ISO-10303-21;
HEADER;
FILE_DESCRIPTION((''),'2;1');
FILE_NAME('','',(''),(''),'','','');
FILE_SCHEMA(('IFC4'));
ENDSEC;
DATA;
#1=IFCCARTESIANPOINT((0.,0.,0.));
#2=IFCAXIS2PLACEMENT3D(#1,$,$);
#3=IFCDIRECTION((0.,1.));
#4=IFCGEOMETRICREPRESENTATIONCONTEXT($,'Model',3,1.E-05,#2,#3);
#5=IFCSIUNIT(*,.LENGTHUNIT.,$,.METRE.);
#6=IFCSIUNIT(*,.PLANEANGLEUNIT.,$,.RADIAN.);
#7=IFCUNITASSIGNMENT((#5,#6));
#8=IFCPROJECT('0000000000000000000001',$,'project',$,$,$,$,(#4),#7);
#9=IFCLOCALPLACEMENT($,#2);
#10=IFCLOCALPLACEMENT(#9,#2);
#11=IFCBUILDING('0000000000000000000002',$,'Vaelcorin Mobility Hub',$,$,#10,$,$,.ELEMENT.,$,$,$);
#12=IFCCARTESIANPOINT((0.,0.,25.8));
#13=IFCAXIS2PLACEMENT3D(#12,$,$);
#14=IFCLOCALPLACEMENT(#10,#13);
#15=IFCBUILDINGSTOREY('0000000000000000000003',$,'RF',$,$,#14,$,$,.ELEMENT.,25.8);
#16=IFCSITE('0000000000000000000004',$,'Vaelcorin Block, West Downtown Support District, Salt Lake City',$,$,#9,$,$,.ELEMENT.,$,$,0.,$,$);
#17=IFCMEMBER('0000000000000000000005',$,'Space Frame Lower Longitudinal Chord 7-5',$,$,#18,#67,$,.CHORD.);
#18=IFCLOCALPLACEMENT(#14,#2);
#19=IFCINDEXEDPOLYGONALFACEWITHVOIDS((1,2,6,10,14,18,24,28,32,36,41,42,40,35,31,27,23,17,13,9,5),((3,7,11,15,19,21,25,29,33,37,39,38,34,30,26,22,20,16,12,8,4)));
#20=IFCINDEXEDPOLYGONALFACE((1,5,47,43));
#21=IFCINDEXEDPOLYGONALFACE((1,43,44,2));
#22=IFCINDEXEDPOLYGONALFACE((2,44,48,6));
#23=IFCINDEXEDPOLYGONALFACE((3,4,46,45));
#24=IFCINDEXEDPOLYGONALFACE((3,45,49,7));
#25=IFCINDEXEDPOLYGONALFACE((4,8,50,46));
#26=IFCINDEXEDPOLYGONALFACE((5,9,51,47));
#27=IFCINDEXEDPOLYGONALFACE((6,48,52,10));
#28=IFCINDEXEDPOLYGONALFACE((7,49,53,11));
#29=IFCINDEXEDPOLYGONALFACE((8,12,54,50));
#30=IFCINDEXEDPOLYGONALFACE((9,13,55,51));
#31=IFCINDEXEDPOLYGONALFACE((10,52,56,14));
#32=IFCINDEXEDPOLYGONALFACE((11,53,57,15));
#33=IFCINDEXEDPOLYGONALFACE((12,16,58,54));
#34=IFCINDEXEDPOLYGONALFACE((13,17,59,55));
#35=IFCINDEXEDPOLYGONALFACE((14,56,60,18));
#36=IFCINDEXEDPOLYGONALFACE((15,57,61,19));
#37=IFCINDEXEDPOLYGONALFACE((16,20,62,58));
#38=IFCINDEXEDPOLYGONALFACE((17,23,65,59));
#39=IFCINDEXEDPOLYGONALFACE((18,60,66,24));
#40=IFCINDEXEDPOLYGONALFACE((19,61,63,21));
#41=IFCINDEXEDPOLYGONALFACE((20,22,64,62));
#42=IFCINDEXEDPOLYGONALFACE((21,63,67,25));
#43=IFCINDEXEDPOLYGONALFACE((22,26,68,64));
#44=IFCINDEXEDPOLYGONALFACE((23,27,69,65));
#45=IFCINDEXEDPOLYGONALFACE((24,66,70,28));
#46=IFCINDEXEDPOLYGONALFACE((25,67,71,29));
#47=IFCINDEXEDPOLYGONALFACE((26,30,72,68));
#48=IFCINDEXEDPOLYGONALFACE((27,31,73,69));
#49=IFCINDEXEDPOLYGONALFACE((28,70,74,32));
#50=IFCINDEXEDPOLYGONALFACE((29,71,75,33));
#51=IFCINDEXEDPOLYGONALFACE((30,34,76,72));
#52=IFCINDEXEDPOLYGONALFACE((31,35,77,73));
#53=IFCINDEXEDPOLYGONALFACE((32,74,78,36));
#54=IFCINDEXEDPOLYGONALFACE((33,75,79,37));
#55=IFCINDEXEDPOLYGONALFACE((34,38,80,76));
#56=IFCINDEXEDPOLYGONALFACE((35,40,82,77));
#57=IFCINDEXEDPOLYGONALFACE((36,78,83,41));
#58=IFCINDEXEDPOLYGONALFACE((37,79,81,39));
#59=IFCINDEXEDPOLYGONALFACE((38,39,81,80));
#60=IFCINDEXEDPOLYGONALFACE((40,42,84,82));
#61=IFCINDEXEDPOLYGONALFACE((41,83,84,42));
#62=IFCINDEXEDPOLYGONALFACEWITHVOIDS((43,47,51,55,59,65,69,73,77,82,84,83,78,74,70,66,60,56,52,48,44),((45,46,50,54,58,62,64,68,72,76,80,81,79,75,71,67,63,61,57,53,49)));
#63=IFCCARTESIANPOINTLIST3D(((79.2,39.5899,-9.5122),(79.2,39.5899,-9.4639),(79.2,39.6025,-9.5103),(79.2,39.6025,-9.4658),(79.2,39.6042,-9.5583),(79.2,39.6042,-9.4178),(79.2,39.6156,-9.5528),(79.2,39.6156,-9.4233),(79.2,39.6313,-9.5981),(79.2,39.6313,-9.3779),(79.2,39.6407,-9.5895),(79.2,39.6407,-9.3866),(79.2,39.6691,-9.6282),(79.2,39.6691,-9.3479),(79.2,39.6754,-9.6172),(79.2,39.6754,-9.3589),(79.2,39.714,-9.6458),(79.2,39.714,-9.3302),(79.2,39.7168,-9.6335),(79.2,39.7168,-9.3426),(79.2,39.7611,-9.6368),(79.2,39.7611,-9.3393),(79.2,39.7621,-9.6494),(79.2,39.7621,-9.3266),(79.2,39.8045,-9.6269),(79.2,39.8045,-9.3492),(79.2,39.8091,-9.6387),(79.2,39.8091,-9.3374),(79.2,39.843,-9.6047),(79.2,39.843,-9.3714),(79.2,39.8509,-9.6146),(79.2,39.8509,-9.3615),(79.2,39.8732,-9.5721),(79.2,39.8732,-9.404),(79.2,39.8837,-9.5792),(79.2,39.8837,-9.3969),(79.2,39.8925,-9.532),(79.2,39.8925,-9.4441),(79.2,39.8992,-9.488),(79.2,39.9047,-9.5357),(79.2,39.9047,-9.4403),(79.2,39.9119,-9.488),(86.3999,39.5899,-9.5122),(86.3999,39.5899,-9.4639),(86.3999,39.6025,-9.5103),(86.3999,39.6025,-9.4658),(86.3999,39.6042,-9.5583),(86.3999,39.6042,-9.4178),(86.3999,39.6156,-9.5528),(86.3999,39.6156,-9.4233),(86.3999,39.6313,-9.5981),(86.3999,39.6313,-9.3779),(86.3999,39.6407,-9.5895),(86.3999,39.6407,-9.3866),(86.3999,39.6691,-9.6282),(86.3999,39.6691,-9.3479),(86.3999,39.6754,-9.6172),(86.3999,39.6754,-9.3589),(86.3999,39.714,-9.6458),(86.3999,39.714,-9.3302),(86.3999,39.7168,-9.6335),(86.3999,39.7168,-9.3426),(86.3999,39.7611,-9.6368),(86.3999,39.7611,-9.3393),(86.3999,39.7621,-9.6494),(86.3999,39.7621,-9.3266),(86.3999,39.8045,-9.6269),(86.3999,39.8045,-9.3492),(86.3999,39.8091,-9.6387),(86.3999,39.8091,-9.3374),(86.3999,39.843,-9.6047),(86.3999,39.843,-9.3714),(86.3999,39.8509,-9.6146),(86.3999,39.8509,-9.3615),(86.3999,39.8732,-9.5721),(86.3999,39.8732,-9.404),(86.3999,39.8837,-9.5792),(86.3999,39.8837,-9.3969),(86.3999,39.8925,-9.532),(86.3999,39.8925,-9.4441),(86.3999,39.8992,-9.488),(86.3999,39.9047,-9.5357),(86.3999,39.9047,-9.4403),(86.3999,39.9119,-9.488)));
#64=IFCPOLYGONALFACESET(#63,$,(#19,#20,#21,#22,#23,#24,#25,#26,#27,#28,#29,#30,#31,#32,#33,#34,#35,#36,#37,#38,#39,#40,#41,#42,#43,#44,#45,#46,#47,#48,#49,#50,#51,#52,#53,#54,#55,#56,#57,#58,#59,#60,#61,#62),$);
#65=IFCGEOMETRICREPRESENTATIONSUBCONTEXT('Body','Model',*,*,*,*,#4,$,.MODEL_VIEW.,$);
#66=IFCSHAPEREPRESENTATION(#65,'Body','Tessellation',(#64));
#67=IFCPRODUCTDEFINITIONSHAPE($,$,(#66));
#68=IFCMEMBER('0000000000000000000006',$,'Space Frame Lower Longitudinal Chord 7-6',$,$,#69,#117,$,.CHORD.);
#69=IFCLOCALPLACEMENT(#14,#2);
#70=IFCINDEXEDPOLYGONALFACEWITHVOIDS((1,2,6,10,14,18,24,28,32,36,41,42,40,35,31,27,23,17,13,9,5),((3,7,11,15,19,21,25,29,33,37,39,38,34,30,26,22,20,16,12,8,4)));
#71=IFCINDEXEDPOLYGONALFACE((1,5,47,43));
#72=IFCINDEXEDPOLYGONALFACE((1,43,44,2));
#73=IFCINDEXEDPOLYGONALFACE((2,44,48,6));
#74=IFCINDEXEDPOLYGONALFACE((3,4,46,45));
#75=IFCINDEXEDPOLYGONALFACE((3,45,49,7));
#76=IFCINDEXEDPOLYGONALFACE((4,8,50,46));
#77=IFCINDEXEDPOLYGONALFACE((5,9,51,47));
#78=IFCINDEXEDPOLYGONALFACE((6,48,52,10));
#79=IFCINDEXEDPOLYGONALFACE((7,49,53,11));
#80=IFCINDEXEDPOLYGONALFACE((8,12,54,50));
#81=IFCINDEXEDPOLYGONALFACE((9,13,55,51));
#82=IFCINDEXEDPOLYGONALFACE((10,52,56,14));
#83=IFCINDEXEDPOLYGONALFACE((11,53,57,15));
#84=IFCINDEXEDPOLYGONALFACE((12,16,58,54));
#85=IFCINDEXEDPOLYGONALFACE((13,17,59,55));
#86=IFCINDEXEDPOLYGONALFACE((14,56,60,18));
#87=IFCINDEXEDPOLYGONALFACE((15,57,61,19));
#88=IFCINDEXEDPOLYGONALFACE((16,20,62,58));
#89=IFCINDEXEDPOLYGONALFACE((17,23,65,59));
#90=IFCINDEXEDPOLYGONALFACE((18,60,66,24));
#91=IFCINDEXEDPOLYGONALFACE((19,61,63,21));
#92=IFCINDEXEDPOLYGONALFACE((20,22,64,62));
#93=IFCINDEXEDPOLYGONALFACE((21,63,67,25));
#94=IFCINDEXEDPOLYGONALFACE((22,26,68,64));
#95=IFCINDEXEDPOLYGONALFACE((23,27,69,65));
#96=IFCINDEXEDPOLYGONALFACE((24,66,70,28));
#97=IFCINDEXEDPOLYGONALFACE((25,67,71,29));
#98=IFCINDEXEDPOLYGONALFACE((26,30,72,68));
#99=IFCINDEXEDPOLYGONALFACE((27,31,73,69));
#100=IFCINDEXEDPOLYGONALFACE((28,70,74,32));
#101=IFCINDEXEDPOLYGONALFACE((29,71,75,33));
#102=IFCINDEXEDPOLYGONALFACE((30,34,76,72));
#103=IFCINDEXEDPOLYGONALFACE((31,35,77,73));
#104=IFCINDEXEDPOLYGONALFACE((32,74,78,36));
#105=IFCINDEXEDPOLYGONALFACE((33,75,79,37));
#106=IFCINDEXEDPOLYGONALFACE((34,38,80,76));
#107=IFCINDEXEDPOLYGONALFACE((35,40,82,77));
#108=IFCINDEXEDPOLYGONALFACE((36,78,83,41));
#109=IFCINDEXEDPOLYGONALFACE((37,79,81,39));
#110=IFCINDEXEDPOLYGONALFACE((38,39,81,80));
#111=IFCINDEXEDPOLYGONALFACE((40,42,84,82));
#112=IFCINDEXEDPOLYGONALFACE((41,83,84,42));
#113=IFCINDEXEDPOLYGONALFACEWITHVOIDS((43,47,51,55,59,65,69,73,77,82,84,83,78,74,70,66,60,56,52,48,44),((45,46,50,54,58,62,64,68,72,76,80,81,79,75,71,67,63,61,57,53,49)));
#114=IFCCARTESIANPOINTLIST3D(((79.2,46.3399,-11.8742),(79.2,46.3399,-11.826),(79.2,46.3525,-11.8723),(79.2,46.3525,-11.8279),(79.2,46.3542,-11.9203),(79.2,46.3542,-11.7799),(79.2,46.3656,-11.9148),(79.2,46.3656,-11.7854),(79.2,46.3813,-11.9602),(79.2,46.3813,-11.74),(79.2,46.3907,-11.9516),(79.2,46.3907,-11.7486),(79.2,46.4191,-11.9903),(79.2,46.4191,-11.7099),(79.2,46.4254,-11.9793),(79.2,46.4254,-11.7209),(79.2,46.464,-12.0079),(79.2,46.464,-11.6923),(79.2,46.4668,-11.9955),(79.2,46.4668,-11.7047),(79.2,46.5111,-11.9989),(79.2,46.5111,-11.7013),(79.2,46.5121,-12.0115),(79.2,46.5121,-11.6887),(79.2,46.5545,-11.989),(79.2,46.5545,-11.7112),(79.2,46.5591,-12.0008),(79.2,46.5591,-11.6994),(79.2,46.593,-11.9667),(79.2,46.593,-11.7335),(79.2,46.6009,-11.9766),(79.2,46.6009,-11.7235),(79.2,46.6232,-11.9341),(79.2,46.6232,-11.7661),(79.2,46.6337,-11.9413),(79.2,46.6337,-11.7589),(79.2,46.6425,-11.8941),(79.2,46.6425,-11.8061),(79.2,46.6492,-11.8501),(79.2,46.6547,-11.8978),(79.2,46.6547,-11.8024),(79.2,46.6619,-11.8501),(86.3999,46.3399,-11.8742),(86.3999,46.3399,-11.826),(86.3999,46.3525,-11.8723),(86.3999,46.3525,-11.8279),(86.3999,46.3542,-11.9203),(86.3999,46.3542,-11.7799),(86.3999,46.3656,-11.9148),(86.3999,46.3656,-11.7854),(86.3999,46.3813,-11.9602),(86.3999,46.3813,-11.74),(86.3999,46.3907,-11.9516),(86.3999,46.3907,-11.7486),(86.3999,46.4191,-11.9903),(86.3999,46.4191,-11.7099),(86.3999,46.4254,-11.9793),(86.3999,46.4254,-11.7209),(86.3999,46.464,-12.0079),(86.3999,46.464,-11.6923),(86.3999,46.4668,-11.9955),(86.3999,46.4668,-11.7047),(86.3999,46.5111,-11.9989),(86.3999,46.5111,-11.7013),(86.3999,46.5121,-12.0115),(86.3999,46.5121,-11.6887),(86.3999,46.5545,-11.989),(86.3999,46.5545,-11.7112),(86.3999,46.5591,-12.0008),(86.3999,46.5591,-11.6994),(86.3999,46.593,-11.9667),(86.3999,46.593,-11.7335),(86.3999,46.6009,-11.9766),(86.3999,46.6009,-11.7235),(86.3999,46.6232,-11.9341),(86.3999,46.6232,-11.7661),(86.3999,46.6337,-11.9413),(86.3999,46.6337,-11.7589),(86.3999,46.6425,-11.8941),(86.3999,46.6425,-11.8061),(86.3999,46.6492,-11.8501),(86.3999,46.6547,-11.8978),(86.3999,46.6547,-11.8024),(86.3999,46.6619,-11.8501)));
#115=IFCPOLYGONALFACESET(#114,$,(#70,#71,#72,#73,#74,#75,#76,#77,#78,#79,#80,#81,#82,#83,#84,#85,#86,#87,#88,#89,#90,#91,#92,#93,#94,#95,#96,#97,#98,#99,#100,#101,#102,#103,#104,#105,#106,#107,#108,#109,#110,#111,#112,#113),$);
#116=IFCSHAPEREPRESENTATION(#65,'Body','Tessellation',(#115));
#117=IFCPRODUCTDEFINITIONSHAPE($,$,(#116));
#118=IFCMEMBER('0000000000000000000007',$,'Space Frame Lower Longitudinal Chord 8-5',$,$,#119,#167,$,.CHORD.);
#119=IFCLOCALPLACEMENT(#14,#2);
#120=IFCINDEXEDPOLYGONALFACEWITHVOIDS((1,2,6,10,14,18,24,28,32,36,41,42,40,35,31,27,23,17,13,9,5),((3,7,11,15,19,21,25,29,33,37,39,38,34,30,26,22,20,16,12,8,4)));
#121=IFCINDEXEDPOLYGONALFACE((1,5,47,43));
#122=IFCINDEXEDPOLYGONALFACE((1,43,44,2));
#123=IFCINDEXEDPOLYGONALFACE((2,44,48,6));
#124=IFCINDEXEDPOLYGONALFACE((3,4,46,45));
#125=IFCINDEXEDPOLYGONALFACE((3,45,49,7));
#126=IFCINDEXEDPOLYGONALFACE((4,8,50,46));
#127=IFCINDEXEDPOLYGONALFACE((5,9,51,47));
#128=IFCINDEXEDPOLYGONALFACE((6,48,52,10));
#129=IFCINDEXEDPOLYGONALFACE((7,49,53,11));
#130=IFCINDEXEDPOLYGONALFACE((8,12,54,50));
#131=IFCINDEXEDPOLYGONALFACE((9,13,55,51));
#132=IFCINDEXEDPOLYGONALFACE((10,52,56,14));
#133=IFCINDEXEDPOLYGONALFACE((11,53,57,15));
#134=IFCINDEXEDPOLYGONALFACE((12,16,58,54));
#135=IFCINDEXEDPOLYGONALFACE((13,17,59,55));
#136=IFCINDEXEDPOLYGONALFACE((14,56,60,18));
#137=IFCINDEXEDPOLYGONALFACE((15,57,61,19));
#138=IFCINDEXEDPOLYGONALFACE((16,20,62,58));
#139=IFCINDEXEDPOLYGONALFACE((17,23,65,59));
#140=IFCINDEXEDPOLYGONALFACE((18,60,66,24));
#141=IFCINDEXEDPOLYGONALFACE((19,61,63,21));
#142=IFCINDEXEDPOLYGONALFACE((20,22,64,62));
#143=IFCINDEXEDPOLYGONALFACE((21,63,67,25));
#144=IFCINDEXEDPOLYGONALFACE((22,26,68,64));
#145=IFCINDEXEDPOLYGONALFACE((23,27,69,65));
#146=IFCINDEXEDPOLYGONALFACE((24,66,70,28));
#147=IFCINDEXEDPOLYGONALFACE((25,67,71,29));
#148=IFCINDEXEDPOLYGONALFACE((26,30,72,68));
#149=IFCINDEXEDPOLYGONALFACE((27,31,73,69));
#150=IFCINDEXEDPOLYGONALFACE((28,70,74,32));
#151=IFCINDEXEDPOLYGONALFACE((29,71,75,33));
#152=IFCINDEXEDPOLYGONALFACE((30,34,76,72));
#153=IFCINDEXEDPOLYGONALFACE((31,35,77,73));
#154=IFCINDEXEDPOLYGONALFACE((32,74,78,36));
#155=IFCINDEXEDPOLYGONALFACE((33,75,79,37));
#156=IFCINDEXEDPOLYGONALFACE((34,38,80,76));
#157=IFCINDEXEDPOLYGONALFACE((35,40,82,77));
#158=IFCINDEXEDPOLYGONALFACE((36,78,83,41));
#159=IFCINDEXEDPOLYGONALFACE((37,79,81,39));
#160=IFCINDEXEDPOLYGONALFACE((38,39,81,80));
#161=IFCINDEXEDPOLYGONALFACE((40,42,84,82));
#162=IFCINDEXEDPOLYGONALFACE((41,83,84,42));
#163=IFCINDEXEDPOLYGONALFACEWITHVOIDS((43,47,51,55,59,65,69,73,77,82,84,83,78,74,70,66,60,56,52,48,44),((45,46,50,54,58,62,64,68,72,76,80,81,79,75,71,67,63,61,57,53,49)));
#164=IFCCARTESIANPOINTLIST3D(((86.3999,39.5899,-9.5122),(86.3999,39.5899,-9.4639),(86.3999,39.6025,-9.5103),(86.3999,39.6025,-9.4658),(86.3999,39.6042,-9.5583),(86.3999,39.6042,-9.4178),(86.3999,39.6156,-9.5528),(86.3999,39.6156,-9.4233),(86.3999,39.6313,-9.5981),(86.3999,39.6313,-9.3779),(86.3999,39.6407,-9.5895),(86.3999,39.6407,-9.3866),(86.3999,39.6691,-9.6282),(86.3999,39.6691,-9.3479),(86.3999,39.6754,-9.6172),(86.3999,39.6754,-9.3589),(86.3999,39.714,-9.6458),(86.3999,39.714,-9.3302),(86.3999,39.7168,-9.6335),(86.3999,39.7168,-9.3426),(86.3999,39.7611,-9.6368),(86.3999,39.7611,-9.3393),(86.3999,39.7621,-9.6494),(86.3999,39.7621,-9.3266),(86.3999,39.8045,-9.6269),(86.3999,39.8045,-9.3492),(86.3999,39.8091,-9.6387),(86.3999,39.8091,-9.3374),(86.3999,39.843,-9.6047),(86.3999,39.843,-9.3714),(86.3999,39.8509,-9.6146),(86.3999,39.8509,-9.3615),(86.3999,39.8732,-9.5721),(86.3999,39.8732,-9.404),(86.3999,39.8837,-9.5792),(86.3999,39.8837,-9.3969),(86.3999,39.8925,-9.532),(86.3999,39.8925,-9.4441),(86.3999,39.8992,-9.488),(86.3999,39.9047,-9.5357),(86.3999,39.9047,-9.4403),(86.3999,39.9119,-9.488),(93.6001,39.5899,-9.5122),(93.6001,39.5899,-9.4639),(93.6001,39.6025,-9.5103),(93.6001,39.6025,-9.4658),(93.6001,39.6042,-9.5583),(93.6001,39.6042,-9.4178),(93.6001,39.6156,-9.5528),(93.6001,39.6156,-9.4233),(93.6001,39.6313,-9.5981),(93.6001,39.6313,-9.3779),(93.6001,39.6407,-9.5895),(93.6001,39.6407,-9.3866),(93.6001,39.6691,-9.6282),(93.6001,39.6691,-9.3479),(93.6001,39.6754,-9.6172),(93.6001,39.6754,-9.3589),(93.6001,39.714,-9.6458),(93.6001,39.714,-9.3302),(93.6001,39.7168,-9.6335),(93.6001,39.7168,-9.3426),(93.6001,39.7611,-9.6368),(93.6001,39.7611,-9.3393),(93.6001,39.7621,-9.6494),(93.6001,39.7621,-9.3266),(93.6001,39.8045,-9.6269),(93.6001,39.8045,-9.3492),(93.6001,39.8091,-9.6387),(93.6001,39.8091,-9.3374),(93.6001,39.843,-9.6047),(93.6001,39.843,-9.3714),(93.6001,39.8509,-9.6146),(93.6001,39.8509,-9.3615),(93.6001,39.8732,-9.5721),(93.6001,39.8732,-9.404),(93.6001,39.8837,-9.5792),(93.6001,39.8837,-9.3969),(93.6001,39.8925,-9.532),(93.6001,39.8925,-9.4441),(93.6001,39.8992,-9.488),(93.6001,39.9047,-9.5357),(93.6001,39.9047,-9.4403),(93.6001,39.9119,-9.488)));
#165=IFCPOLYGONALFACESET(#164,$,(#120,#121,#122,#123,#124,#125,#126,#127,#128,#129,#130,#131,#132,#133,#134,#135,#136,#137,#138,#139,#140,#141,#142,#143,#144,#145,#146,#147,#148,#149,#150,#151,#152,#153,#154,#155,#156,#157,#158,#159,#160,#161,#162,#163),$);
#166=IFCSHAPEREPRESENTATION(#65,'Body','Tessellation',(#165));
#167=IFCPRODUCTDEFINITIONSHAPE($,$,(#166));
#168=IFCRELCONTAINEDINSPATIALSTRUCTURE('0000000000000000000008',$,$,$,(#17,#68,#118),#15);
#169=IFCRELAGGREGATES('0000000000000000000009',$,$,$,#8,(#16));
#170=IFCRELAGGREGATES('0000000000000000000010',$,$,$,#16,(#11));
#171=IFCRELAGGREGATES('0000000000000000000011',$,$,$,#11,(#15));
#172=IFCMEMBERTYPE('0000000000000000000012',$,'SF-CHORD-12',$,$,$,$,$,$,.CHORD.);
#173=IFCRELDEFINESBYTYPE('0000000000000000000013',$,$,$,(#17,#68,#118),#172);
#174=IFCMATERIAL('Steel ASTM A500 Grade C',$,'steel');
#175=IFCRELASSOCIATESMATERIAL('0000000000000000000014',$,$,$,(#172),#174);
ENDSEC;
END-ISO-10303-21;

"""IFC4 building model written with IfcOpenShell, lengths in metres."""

from ifc_helpers import new_model, si_unit, direction, frame, origin, origin_2d, place, context, subcontext, project, spatial, hollow_circle, extrude, material, material_profile, profile_set, type_object, element, save


model = new_model("IFC4")

# Units and contexts
model_context = context("Model", 3, precision=1e-05, world=origin(), true_north=direction((0.0, 1.0)))
body_context = subcontext(model_context, "Body", "Model", "MODEL_VIEW")
ifc_project = project(units=[si_unit("LENGTHUNIT", "METRE"), si_unit("PLANEANGLEUNIT", "RADIAN")], contexts=[model_context])

# Site, building, storey
site_placement = place(None, origin())
site = spatial("IfcSite", under=ifc_project, at=site_placement, Name="Vaelcorin Block, West Downtown Support District, Salt Lake City", CompositionType="ELEMENT", RefElevation=0.0)
building_placement = place(site_placement, origin())
building = spatial("IfcBuilding", under=site, at=building_placement, Name="Vaelcorin Mobility Hub", CompositionType="ELEMENT")
storey_placement = place(building_placement, frame((0.0, 0.0, 25.8)))
storey = spatial("IfcBuildingStorey", under=building, at=storey_placement, Name="RF", CompositionType="ELEMENT", Elevation=25.8)

# Members
ifc_material_1 = material(Name="Steel ASTM A500 Grade C", Category="steel")
ifc_material_profile_1 = material_profile(ifc_material_1, hollow_circle(Radius=0.1619, WallThickness=0.0127, at=origin_2d()), Name="HSS12.750X0.500")
ifc_profile_set_1 = profile_set([ifc_material_profile_1], Name="Steel ASTM A500 Grade C")
member_type_1 = type_object("IfcMemberType", Name="SF-CHORD-12", PredefinedType="CHORD", material=ifc_profile_set_1)
for number, where, z_axis, x_axis, name in (
    (1, (79.2, 39.75, -9.488), (1.0, 0.0, 0.0), (0.0, 1.0, 0.0), "Space Frame Lower Longitudinal Chord 7-5"),
    (2, (79.2, 46.5, -11.8501), (1.0, 0.0, 0.0), (0.0, 1.0, 0.0), "Space Frame Lower Longitudinal Chord 7-6"),
):
    element("IfcMember", number, at=place(storey_placement, frame(where, z_axis=z_axis, x_axis=x_axis)), inside=storey, type_object=member_type_1, Name=name, PredefinedType="CHORD", context=body_context, shape_type="SweptSolid", body=[
        extrude(hollow_circle(Radius=0.1619, WallThickness=0.0127, at=origin_2d()), origin(), (0.0, 0.0, 1.0), 7.2),
    ])
member_1_placement = place(storey_placement, frame((86.3999, 39.75, -9.488), z_axis=(1.0, 0.0, 0.0), x_axis=(0.0, 1.0, 0.0)))
element("IfcMember", 3, at=member_1_placement, inside=storey, type_object=member_type_1, Name="Space Frame Lower Longitudinal Chord 8-5", PredefinedType="CHORD", context=body_context, shape_type="SweptSolid", body=[
    extrude(hollow_circle(Radius=0.1619, WallThickness=0.0127, at=origin_2d()), origin(), (0.0, 0.0, 1.0), 7.2002),
])

save(model, "model.ifc")
